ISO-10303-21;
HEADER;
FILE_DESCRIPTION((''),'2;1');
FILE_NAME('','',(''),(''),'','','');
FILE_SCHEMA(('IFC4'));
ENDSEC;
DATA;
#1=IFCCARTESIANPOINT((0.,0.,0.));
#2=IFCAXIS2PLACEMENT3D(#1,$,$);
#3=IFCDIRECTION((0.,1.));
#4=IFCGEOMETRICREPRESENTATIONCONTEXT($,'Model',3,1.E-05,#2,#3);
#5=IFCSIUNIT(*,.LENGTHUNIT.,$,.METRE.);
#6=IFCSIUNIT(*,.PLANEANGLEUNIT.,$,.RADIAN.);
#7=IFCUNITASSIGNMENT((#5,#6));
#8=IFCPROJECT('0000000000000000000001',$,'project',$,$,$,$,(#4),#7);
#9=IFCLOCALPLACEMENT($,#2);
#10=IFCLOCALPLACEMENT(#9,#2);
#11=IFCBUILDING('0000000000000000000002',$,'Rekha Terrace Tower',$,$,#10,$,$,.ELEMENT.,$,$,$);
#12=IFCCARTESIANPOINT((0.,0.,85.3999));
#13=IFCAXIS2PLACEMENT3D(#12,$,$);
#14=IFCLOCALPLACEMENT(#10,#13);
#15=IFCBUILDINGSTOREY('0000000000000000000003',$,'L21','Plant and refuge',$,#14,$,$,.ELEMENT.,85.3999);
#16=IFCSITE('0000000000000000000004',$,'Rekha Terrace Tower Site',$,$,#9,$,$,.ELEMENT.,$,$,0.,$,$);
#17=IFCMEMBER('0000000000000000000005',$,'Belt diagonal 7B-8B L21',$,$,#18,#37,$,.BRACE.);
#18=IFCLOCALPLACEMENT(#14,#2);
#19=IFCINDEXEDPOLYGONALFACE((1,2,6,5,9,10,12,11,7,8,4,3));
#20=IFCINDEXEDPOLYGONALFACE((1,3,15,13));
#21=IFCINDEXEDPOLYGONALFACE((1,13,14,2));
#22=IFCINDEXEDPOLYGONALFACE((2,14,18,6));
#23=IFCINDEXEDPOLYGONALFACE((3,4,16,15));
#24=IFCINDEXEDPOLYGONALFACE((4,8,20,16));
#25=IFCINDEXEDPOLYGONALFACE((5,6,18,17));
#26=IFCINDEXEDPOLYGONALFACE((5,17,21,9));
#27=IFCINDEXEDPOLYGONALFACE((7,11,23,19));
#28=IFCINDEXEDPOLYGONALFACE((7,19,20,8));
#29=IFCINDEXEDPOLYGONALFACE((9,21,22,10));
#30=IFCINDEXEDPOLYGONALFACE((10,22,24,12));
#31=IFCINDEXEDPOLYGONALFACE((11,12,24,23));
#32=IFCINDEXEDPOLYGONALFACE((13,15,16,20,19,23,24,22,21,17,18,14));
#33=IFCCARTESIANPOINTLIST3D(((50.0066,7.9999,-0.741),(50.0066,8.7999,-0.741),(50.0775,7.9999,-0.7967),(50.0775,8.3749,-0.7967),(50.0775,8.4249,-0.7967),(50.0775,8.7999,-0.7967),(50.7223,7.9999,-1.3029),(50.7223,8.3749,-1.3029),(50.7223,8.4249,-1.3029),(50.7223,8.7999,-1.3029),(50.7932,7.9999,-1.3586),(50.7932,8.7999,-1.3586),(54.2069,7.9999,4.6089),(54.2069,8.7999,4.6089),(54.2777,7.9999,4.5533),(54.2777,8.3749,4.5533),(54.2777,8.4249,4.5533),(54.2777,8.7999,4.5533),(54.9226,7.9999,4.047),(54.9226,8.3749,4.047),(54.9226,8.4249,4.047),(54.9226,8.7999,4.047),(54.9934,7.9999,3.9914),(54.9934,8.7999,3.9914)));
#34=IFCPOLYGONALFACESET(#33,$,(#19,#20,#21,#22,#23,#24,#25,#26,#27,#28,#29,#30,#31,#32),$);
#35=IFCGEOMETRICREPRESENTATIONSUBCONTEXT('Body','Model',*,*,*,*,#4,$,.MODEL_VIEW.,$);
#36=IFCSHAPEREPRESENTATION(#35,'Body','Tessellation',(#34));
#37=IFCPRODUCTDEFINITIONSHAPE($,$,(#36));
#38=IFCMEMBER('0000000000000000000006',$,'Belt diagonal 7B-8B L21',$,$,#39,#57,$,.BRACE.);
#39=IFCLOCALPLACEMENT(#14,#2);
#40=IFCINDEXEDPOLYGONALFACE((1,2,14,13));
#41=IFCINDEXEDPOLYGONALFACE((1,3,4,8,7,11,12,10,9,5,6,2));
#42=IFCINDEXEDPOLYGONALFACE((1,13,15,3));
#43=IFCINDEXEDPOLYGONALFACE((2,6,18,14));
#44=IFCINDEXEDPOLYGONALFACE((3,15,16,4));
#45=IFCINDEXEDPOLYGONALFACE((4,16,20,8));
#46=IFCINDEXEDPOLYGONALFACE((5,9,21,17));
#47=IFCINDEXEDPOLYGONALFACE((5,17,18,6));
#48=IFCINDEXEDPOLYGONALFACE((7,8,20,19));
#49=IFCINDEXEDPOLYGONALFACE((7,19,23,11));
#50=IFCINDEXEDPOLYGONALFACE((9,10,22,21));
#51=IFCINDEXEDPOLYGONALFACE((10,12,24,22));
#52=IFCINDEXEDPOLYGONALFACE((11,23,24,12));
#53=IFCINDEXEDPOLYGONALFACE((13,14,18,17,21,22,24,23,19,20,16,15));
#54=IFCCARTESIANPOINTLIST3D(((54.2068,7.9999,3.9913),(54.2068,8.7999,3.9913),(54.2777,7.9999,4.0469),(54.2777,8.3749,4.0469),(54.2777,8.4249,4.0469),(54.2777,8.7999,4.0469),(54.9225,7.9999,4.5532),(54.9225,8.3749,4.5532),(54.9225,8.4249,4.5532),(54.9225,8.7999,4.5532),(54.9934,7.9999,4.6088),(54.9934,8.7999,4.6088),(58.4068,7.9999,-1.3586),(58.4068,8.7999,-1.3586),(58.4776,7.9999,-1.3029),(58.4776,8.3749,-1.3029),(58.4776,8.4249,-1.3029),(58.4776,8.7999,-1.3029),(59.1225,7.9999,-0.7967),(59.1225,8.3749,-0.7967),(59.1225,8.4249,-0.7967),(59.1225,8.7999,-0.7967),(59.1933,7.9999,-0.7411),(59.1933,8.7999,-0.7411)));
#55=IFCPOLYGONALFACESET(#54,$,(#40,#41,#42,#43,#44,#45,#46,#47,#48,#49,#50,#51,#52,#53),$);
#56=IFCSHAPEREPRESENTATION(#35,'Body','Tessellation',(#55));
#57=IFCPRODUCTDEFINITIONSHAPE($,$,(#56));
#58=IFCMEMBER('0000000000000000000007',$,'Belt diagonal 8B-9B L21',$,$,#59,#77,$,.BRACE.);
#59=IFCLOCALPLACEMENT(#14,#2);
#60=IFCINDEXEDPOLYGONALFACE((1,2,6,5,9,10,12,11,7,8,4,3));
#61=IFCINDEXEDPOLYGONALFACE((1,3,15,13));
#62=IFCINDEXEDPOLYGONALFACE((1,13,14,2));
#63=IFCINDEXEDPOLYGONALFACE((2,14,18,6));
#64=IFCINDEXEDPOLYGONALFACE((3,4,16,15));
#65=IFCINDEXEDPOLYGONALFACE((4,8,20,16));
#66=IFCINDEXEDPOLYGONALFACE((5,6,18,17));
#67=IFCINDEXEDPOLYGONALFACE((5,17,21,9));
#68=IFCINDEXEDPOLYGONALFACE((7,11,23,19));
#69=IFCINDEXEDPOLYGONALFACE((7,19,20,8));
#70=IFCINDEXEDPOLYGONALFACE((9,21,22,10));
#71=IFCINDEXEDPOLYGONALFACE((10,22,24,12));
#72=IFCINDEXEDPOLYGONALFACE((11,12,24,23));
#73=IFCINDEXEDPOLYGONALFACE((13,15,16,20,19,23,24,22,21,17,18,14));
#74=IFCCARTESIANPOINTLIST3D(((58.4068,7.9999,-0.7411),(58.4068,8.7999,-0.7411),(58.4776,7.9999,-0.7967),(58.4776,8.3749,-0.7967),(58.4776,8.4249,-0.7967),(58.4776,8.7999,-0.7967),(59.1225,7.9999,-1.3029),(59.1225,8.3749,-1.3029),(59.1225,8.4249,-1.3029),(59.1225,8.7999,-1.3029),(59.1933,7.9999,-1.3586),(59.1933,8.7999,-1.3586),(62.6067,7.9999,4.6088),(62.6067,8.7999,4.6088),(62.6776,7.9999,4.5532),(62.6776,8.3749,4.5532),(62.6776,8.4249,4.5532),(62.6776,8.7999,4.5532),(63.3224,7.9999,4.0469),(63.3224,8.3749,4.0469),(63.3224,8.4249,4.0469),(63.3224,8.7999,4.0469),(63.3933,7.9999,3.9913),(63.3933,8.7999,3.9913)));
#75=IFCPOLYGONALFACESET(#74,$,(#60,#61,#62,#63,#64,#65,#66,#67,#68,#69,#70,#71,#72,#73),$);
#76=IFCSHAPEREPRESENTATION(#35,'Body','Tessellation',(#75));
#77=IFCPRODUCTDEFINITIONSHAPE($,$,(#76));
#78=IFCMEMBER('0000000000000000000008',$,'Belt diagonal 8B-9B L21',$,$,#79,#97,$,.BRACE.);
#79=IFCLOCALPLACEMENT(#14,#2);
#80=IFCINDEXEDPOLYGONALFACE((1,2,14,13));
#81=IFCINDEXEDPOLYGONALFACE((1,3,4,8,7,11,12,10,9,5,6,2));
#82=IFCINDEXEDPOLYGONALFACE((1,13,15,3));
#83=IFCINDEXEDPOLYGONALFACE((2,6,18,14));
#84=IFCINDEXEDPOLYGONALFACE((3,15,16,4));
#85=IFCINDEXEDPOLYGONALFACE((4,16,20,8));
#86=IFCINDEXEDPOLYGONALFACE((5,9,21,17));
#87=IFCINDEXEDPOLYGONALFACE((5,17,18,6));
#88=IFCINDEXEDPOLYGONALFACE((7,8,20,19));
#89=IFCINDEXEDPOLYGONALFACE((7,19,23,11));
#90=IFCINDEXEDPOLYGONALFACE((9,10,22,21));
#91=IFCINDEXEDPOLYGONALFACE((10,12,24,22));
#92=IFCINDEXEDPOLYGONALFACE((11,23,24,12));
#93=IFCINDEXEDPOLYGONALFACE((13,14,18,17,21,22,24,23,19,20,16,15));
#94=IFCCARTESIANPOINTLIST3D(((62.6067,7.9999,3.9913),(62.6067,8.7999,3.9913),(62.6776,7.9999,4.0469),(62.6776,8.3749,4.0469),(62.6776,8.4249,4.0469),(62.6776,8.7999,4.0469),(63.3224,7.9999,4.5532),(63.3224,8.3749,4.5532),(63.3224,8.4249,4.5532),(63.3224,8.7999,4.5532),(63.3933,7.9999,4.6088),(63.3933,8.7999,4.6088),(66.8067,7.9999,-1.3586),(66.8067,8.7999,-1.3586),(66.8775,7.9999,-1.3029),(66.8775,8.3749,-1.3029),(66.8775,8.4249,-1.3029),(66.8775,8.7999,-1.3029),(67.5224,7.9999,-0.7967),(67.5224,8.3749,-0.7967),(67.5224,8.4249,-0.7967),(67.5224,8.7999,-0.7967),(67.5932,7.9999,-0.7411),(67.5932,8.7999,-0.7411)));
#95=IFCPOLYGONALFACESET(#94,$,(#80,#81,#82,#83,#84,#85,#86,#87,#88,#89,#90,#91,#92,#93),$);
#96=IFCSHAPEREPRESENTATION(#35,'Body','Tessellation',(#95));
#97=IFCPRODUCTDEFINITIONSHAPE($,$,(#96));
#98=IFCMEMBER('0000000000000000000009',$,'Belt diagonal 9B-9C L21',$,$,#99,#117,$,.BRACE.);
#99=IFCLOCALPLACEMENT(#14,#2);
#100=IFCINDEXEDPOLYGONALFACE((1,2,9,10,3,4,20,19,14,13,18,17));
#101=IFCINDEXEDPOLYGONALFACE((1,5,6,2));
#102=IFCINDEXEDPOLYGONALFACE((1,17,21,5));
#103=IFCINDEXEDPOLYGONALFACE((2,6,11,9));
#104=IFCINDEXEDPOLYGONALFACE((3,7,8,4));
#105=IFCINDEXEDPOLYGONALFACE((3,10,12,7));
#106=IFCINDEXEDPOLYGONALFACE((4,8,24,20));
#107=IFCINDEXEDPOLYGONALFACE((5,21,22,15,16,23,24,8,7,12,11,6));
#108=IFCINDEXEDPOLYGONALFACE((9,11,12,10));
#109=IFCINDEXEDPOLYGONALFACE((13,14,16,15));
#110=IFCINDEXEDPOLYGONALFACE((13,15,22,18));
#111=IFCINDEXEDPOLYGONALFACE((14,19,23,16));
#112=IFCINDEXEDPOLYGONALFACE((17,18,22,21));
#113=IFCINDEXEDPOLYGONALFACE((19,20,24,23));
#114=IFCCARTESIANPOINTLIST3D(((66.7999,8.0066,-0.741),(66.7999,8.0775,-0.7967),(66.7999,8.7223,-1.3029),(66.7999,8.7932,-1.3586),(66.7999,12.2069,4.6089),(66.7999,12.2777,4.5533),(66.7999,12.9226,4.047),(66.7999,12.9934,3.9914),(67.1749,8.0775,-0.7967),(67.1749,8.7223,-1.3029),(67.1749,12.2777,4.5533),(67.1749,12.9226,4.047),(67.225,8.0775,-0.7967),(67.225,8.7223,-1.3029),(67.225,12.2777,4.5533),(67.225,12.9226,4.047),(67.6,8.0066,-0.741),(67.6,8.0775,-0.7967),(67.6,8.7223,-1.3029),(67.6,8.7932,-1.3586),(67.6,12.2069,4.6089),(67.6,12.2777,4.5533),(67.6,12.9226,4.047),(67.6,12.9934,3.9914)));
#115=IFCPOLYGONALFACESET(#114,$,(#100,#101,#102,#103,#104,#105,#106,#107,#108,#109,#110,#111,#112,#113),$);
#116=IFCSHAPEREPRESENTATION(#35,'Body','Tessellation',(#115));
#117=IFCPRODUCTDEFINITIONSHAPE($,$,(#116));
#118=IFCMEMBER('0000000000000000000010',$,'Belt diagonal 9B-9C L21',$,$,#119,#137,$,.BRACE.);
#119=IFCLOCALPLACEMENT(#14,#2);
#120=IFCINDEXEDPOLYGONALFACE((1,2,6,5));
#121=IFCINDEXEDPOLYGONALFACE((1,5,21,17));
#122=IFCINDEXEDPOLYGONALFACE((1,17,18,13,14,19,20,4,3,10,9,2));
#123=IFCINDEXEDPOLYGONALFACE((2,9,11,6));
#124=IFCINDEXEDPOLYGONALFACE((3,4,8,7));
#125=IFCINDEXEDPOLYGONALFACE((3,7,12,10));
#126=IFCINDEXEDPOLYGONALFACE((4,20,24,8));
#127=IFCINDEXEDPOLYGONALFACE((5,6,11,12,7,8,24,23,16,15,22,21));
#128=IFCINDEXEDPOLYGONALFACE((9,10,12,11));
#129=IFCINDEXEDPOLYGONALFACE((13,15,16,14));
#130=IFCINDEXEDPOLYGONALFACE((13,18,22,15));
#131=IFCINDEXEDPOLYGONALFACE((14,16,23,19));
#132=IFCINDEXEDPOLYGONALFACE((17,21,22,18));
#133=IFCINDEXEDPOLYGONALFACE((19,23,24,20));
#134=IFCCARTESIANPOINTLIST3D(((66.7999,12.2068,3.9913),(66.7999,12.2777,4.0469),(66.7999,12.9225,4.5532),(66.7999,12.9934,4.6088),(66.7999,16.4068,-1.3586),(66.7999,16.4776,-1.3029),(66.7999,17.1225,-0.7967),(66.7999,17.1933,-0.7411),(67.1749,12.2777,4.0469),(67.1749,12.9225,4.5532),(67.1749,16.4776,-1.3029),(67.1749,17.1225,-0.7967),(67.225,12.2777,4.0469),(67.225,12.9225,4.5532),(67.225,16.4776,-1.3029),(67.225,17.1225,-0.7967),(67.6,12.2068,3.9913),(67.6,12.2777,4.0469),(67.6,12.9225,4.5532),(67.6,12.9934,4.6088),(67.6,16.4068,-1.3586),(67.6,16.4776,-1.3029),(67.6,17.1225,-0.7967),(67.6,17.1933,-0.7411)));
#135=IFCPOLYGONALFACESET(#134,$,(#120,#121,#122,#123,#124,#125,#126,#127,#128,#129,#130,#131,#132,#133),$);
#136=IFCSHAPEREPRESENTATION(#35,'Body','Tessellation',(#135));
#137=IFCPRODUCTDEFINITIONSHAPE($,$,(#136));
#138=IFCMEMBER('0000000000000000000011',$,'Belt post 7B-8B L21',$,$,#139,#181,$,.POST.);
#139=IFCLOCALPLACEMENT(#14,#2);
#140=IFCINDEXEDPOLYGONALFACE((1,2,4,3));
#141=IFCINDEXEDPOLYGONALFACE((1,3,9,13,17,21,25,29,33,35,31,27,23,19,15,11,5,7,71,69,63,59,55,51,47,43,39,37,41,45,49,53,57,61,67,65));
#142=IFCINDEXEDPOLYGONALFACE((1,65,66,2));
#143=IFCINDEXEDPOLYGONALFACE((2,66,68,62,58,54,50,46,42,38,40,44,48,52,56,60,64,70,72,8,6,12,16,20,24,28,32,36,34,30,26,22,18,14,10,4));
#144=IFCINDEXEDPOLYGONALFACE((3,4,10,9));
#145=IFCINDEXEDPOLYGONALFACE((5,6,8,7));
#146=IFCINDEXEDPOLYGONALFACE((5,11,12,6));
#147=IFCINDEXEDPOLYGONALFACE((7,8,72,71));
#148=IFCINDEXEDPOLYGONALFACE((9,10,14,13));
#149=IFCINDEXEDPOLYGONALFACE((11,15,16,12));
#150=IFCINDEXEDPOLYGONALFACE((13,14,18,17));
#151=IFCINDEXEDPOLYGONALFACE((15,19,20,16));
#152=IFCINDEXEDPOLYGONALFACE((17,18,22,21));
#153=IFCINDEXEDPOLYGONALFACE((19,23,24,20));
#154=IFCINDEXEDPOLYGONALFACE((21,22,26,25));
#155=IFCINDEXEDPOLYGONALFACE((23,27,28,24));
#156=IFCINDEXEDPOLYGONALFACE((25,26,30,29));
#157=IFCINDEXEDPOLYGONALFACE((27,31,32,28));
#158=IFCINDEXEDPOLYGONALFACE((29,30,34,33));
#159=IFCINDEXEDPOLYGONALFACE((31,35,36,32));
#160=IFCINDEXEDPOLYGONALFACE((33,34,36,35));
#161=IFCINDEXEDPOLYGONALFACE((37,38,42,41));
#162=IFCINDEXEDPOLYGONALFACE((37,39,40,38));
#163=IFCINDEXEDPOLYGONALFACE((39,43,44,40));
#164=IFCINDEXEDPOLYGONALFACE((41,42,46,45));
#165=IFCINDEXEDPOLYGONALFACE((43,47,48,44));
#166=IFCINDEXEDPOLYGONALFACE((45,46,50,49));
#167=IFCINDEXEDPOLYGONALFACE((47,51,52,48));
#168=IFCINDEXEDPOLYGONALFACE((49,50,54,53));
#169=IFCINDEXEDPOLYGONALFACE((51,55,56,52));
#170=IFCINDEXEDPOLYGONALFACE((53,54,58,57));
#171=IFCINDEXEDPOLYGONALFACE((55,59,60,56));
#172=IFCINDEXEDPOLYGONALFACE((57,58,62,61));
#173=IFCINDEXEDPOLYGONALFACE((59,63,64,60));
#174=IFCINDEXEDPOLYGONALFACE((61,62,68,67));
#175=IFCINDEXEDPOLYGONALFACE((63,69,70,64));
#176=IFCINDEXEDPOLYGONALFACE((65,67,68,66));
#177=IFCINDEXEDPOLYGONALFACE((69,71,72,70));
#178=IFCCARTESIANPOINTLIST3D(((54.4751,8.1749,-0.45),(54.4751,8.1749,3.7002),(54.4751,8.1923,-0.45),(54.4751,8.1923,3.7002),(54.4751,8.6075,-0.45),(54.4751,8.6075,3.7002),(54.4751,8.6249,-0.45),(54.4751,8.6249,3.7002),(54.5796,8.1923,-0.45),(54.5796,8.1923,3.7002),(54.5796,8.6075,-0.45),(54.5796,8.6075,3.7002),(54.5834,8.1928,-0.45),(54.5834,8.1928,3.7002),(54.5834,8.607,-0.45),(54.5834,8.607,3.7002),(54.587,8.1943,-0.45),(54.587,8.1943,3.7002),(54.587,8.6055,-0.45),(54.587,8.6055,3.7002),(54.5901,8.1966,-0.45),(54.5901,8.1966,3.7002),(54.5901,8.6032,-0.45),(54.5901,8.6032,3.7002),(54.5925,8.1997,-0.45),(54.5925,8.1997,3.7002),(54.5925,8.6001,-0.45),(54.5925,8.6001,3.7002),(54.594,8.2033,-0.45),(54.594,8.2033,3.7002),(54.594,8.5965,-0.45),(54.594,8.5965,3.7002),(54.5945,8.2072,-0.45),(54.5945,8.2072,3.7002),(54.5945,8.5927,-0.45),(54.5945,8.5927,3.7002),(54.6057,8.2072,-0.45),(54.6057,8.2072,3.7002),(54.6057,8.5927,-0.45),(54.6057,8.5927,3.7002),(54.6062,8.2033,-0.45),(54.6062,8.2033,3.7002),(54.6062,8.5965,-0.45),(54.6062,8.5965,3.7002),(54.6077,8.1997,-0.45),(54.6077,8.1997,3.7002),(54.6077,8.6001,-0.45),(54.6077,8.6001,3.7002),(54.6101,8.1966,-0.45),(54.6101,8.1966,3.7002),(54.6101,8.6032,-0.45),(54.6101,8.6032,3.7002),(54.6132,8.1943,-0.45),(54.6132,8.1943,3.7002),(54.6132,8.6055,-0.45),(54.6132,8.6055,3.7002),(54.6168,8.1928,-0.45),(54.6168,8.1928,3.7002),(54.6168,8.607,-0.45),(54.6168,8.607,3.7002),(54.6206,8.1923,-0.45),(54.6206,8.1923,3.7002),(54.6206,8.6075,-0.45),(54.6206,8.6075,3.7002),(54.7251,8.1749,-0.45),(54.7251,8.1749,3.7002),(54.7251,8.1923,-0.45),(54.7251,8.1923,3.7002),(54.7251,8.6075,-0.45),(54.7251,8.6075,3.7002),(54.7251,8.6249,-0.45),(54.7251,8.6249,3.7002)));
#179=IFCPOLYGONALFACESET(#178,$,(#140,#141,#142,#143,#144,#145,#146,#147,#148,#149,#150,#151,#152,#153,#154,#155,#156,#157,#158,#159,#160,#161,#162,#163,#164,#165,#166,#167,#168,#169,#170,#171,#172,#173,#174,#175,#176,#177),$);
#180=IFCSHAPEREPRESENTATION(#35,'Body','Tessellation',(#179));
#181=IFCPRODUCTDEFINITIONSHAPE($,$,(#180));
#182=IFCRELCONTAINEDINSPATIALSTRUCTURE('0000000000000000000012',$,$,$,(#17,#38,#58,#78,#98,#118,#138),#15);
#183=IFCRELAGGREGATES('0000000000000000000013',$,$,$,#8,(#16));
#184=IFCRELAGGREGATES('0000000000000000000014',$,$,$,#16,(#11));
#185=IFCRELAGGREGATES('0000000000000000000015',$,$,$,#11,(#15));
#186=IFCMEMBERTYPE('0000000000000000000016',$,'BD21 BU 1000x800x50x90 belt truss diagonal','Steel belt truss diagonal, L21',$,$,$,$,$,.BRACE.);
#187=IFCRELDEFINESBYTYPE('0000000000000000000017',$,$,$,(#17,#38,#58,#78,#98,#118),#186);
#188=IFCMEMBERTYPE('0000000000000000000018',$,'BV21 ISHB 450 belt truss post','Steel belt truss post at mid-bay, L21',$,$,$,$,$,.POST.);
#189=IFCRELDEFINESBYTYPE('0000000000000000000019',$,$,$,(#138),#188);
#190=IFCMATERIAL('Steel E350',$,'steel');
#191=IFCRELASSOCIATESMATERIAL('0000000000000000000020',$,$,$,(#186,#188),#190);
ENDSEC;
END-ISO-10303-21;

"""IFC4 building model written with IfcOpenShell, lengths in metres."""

from ifc_helpers import new_model, si_unit, direction, frame, origin, origin_2d, place, context, subcontext, project, spatial, i_section, extrude, material, material_profile, profile_set, type_object, element, save


model = new_model("IFC4")

# Units and contexts
model_context = context("Model", 3, precision=1e-05, world=origin(), true_north=direction((0.0, 1.0)))
body_context = subcontext(model_context, "Body", "Model", "MODEL_VIEW")
ifc_project = project(units=[si_unit("LENGTHUNIT", "METRE"), si_unit("PLANEANGLEUNIT", "RADIAN")], contexts=[model_context])

# Site, building, storey
site_placement = place(None, origin())
site = spatial("IfcSite", under=ifc_project, at=site_placement, Name="Rekha Terrace Tower Site", CompositionType="ELEMENT", RefElevation=0.0)
building_placement = place(site_placement, origin())
building = spatial("IfcBuilding", under=site, at=building_placement, Name="Rekha Terrace Tower", CompositionType="ELEMENT")
storey_placement = place(building_placement, frame((0.0, 0.0, 85.3999)))
storey = spatial("IfcBuildingStorey", under=building, at=storey_placement, Name="L21", Description="Plant and refuge", CompositionType="ELEMENT", Elevation=85.3999)

# Members
ifc_material_1 = material(Name="Steel E350", Category="steel")
ifc_material_profile_1 = material_profile(ifc_material_1, i_section(OverallWidth=0.8, OverallDepth=1.0, WebThickness=0.05, FlangeThickness=0.0901, at=origin_2d()), Name="BU 1000x800x50x90")
ifc_profile_set_1 = profile_set([ifc_material_profile_1], Name="Steel E350")
member_type_1 = type_object("IfcMemberType", Name="BD21 BU 1000x800x50x90 belt truss diagonal", Description="Steel belt truss diagonal, L21", PredefinedType="BRACE", material=ifc_profile_set_1)
member_1_placement = place(storey_placement, frame((50.3999, 8.3999, -1.0498), z_axis=(0.617525, 0.0, 0.786551), x_axis=(0.0, 1.0, 0.0)))
element("IfcMember", 1, at=member_1_placement, inside=storey, type_object=member_type_1, Name="Belt diagonal 7B-8B L21", PredefinedType="BRACE", context=body_context, shape_type="SweptSolid", body=[
    extrude(i_section(OverallWidth=0.8, OverallDepth=1.0, WebThickness=0.05, FlangeThickness=0.0901, at=origin_2d()), origin(), (0.0, 0.0, 1.0), 6.8018),
])
for number, where, z_axis, x_axis, name in (
    (2, (58.8, 8.3999, -1.0498), (-0.617503, 0.0, 0.786569), (0.0, -1.0, 0.0), "Belt diagonal 7B-8B L21"),
    (3, (58.8, 8.3999, -1.0498), (0.617503, 0.0, 0.786569), (0.0, 1.0, 0.0), "Belt diagonal 8B-9B L21"),
    (4, (67.2, 8.3999, -1.0498), (-0.617503, 0.0, 0.786569), (0.0, -1.0, 0.0), "Belt diagonal 8B-9B L21"),
):
    element("IfcMember", number, at=place(storey_placement, frame(where, z_axis=z_axis, x_axis=x_axis)), inside=storey, type_object=member_type_1, Name=name, PredefinedType="BRACE", context=body_context, shape_type="SweptSolid", body=[
        extrude(i_section(OverallWidth=0.8, OverallDepth=1.0, WebThickness=0.05, FlangeThickness=0.0901, at=origin_2d()), origin(), (0.0, 0.0, 1.0), 6.8015),
    ])
member_2_placement = place(storey_placement, frame((67.2, 8.3999, -1.0498), z_axis=(0.0, 0.617525, 0.786551), x_axis=(-1.0, 0.0, 0.0)))
element("IfcMember", 5, at=member_2_placement, inside=storey, type_object=member_type_1, Name="Belt diagonal 9B-9C L21", PredefinedType="BRACE", context=body_context, shape_type="SweptSolid", body=[
    extrude(i_section(OverallWidth=0.8, OverallDepth=1.0, WebThickness=0.05, FlangeThickness=0.0901, at=origin_2d()), origin(), (0.0, 0.0, 1.0), 6.8018),
])
member_3_placement = place(storey_placement, frame((67.2, 16.8, -1.0498), z_axis=(0.0, -0.617503, 0.786569), x_axis=(1.0, 0.0, 0.0)))
element("IfcMember", 6, at=member_3_placement, inside=storey, type_object=member_type_1, Name="Belt diagonal 9B-9C L21", PredefinedType="BRACE", context=body_context, shape_type="SweptSolid", body=[
    extrude(i_section(OverallWidth=0.8, OverallDepth=1.0, WebThickness=0.05, FlangeThickness=0.0901, at=origin_2d()), origin(), (0.0, 0.0, 1.0), 6.8015),
])
ifc_material_profile_2 = material_profile(ifc_material_1, i_section(OverallWidth=0.25, OverallDepth=0.45, WebThickness=0.0112, FlangeThickness=0.0173, FilletRadius=0.0149, at=origin_2d()), Name="ISHB 450")
ifc_profile_set_2 = profile_set([ifc_material_profile_2], Name="Steel E350")
member_type_2 = type_object("IfcMemberType", Name="BV21 ISHB 450 belt truss post", Description="Steel belt truss post at mid-bay, L21", PredefinedType="POST", material=ifc_profile_set_2)
for number, where, z_axis, x_axis, name in (
    (7, (54.6001, 8.3999, -0.45), (0.0, 0.0, 1.0), (1.0, 0.0, 0.0), "Belt post 7B-8B L21"),
):
    element("IfcMember", number, at=place(storey_placement, frame(where, z_axis=z_axis, x_axis=x_axis)), inside=storey, type_object=member_type_2, Name=name, PredefinedType="POST", context=body_context, shape_type="SweptSolid", body=[
        extrude(i_section(OverallWidth=0.25, OverallDepth=0.45, WebThickness=0.0112, FlangeThickness=0.0173, FilletRadius=0.0149, at=origin_2d()), origin(), (0.0, 0.0, 1.0), 4.1501),
    ])

save(model, "model.ifc")
